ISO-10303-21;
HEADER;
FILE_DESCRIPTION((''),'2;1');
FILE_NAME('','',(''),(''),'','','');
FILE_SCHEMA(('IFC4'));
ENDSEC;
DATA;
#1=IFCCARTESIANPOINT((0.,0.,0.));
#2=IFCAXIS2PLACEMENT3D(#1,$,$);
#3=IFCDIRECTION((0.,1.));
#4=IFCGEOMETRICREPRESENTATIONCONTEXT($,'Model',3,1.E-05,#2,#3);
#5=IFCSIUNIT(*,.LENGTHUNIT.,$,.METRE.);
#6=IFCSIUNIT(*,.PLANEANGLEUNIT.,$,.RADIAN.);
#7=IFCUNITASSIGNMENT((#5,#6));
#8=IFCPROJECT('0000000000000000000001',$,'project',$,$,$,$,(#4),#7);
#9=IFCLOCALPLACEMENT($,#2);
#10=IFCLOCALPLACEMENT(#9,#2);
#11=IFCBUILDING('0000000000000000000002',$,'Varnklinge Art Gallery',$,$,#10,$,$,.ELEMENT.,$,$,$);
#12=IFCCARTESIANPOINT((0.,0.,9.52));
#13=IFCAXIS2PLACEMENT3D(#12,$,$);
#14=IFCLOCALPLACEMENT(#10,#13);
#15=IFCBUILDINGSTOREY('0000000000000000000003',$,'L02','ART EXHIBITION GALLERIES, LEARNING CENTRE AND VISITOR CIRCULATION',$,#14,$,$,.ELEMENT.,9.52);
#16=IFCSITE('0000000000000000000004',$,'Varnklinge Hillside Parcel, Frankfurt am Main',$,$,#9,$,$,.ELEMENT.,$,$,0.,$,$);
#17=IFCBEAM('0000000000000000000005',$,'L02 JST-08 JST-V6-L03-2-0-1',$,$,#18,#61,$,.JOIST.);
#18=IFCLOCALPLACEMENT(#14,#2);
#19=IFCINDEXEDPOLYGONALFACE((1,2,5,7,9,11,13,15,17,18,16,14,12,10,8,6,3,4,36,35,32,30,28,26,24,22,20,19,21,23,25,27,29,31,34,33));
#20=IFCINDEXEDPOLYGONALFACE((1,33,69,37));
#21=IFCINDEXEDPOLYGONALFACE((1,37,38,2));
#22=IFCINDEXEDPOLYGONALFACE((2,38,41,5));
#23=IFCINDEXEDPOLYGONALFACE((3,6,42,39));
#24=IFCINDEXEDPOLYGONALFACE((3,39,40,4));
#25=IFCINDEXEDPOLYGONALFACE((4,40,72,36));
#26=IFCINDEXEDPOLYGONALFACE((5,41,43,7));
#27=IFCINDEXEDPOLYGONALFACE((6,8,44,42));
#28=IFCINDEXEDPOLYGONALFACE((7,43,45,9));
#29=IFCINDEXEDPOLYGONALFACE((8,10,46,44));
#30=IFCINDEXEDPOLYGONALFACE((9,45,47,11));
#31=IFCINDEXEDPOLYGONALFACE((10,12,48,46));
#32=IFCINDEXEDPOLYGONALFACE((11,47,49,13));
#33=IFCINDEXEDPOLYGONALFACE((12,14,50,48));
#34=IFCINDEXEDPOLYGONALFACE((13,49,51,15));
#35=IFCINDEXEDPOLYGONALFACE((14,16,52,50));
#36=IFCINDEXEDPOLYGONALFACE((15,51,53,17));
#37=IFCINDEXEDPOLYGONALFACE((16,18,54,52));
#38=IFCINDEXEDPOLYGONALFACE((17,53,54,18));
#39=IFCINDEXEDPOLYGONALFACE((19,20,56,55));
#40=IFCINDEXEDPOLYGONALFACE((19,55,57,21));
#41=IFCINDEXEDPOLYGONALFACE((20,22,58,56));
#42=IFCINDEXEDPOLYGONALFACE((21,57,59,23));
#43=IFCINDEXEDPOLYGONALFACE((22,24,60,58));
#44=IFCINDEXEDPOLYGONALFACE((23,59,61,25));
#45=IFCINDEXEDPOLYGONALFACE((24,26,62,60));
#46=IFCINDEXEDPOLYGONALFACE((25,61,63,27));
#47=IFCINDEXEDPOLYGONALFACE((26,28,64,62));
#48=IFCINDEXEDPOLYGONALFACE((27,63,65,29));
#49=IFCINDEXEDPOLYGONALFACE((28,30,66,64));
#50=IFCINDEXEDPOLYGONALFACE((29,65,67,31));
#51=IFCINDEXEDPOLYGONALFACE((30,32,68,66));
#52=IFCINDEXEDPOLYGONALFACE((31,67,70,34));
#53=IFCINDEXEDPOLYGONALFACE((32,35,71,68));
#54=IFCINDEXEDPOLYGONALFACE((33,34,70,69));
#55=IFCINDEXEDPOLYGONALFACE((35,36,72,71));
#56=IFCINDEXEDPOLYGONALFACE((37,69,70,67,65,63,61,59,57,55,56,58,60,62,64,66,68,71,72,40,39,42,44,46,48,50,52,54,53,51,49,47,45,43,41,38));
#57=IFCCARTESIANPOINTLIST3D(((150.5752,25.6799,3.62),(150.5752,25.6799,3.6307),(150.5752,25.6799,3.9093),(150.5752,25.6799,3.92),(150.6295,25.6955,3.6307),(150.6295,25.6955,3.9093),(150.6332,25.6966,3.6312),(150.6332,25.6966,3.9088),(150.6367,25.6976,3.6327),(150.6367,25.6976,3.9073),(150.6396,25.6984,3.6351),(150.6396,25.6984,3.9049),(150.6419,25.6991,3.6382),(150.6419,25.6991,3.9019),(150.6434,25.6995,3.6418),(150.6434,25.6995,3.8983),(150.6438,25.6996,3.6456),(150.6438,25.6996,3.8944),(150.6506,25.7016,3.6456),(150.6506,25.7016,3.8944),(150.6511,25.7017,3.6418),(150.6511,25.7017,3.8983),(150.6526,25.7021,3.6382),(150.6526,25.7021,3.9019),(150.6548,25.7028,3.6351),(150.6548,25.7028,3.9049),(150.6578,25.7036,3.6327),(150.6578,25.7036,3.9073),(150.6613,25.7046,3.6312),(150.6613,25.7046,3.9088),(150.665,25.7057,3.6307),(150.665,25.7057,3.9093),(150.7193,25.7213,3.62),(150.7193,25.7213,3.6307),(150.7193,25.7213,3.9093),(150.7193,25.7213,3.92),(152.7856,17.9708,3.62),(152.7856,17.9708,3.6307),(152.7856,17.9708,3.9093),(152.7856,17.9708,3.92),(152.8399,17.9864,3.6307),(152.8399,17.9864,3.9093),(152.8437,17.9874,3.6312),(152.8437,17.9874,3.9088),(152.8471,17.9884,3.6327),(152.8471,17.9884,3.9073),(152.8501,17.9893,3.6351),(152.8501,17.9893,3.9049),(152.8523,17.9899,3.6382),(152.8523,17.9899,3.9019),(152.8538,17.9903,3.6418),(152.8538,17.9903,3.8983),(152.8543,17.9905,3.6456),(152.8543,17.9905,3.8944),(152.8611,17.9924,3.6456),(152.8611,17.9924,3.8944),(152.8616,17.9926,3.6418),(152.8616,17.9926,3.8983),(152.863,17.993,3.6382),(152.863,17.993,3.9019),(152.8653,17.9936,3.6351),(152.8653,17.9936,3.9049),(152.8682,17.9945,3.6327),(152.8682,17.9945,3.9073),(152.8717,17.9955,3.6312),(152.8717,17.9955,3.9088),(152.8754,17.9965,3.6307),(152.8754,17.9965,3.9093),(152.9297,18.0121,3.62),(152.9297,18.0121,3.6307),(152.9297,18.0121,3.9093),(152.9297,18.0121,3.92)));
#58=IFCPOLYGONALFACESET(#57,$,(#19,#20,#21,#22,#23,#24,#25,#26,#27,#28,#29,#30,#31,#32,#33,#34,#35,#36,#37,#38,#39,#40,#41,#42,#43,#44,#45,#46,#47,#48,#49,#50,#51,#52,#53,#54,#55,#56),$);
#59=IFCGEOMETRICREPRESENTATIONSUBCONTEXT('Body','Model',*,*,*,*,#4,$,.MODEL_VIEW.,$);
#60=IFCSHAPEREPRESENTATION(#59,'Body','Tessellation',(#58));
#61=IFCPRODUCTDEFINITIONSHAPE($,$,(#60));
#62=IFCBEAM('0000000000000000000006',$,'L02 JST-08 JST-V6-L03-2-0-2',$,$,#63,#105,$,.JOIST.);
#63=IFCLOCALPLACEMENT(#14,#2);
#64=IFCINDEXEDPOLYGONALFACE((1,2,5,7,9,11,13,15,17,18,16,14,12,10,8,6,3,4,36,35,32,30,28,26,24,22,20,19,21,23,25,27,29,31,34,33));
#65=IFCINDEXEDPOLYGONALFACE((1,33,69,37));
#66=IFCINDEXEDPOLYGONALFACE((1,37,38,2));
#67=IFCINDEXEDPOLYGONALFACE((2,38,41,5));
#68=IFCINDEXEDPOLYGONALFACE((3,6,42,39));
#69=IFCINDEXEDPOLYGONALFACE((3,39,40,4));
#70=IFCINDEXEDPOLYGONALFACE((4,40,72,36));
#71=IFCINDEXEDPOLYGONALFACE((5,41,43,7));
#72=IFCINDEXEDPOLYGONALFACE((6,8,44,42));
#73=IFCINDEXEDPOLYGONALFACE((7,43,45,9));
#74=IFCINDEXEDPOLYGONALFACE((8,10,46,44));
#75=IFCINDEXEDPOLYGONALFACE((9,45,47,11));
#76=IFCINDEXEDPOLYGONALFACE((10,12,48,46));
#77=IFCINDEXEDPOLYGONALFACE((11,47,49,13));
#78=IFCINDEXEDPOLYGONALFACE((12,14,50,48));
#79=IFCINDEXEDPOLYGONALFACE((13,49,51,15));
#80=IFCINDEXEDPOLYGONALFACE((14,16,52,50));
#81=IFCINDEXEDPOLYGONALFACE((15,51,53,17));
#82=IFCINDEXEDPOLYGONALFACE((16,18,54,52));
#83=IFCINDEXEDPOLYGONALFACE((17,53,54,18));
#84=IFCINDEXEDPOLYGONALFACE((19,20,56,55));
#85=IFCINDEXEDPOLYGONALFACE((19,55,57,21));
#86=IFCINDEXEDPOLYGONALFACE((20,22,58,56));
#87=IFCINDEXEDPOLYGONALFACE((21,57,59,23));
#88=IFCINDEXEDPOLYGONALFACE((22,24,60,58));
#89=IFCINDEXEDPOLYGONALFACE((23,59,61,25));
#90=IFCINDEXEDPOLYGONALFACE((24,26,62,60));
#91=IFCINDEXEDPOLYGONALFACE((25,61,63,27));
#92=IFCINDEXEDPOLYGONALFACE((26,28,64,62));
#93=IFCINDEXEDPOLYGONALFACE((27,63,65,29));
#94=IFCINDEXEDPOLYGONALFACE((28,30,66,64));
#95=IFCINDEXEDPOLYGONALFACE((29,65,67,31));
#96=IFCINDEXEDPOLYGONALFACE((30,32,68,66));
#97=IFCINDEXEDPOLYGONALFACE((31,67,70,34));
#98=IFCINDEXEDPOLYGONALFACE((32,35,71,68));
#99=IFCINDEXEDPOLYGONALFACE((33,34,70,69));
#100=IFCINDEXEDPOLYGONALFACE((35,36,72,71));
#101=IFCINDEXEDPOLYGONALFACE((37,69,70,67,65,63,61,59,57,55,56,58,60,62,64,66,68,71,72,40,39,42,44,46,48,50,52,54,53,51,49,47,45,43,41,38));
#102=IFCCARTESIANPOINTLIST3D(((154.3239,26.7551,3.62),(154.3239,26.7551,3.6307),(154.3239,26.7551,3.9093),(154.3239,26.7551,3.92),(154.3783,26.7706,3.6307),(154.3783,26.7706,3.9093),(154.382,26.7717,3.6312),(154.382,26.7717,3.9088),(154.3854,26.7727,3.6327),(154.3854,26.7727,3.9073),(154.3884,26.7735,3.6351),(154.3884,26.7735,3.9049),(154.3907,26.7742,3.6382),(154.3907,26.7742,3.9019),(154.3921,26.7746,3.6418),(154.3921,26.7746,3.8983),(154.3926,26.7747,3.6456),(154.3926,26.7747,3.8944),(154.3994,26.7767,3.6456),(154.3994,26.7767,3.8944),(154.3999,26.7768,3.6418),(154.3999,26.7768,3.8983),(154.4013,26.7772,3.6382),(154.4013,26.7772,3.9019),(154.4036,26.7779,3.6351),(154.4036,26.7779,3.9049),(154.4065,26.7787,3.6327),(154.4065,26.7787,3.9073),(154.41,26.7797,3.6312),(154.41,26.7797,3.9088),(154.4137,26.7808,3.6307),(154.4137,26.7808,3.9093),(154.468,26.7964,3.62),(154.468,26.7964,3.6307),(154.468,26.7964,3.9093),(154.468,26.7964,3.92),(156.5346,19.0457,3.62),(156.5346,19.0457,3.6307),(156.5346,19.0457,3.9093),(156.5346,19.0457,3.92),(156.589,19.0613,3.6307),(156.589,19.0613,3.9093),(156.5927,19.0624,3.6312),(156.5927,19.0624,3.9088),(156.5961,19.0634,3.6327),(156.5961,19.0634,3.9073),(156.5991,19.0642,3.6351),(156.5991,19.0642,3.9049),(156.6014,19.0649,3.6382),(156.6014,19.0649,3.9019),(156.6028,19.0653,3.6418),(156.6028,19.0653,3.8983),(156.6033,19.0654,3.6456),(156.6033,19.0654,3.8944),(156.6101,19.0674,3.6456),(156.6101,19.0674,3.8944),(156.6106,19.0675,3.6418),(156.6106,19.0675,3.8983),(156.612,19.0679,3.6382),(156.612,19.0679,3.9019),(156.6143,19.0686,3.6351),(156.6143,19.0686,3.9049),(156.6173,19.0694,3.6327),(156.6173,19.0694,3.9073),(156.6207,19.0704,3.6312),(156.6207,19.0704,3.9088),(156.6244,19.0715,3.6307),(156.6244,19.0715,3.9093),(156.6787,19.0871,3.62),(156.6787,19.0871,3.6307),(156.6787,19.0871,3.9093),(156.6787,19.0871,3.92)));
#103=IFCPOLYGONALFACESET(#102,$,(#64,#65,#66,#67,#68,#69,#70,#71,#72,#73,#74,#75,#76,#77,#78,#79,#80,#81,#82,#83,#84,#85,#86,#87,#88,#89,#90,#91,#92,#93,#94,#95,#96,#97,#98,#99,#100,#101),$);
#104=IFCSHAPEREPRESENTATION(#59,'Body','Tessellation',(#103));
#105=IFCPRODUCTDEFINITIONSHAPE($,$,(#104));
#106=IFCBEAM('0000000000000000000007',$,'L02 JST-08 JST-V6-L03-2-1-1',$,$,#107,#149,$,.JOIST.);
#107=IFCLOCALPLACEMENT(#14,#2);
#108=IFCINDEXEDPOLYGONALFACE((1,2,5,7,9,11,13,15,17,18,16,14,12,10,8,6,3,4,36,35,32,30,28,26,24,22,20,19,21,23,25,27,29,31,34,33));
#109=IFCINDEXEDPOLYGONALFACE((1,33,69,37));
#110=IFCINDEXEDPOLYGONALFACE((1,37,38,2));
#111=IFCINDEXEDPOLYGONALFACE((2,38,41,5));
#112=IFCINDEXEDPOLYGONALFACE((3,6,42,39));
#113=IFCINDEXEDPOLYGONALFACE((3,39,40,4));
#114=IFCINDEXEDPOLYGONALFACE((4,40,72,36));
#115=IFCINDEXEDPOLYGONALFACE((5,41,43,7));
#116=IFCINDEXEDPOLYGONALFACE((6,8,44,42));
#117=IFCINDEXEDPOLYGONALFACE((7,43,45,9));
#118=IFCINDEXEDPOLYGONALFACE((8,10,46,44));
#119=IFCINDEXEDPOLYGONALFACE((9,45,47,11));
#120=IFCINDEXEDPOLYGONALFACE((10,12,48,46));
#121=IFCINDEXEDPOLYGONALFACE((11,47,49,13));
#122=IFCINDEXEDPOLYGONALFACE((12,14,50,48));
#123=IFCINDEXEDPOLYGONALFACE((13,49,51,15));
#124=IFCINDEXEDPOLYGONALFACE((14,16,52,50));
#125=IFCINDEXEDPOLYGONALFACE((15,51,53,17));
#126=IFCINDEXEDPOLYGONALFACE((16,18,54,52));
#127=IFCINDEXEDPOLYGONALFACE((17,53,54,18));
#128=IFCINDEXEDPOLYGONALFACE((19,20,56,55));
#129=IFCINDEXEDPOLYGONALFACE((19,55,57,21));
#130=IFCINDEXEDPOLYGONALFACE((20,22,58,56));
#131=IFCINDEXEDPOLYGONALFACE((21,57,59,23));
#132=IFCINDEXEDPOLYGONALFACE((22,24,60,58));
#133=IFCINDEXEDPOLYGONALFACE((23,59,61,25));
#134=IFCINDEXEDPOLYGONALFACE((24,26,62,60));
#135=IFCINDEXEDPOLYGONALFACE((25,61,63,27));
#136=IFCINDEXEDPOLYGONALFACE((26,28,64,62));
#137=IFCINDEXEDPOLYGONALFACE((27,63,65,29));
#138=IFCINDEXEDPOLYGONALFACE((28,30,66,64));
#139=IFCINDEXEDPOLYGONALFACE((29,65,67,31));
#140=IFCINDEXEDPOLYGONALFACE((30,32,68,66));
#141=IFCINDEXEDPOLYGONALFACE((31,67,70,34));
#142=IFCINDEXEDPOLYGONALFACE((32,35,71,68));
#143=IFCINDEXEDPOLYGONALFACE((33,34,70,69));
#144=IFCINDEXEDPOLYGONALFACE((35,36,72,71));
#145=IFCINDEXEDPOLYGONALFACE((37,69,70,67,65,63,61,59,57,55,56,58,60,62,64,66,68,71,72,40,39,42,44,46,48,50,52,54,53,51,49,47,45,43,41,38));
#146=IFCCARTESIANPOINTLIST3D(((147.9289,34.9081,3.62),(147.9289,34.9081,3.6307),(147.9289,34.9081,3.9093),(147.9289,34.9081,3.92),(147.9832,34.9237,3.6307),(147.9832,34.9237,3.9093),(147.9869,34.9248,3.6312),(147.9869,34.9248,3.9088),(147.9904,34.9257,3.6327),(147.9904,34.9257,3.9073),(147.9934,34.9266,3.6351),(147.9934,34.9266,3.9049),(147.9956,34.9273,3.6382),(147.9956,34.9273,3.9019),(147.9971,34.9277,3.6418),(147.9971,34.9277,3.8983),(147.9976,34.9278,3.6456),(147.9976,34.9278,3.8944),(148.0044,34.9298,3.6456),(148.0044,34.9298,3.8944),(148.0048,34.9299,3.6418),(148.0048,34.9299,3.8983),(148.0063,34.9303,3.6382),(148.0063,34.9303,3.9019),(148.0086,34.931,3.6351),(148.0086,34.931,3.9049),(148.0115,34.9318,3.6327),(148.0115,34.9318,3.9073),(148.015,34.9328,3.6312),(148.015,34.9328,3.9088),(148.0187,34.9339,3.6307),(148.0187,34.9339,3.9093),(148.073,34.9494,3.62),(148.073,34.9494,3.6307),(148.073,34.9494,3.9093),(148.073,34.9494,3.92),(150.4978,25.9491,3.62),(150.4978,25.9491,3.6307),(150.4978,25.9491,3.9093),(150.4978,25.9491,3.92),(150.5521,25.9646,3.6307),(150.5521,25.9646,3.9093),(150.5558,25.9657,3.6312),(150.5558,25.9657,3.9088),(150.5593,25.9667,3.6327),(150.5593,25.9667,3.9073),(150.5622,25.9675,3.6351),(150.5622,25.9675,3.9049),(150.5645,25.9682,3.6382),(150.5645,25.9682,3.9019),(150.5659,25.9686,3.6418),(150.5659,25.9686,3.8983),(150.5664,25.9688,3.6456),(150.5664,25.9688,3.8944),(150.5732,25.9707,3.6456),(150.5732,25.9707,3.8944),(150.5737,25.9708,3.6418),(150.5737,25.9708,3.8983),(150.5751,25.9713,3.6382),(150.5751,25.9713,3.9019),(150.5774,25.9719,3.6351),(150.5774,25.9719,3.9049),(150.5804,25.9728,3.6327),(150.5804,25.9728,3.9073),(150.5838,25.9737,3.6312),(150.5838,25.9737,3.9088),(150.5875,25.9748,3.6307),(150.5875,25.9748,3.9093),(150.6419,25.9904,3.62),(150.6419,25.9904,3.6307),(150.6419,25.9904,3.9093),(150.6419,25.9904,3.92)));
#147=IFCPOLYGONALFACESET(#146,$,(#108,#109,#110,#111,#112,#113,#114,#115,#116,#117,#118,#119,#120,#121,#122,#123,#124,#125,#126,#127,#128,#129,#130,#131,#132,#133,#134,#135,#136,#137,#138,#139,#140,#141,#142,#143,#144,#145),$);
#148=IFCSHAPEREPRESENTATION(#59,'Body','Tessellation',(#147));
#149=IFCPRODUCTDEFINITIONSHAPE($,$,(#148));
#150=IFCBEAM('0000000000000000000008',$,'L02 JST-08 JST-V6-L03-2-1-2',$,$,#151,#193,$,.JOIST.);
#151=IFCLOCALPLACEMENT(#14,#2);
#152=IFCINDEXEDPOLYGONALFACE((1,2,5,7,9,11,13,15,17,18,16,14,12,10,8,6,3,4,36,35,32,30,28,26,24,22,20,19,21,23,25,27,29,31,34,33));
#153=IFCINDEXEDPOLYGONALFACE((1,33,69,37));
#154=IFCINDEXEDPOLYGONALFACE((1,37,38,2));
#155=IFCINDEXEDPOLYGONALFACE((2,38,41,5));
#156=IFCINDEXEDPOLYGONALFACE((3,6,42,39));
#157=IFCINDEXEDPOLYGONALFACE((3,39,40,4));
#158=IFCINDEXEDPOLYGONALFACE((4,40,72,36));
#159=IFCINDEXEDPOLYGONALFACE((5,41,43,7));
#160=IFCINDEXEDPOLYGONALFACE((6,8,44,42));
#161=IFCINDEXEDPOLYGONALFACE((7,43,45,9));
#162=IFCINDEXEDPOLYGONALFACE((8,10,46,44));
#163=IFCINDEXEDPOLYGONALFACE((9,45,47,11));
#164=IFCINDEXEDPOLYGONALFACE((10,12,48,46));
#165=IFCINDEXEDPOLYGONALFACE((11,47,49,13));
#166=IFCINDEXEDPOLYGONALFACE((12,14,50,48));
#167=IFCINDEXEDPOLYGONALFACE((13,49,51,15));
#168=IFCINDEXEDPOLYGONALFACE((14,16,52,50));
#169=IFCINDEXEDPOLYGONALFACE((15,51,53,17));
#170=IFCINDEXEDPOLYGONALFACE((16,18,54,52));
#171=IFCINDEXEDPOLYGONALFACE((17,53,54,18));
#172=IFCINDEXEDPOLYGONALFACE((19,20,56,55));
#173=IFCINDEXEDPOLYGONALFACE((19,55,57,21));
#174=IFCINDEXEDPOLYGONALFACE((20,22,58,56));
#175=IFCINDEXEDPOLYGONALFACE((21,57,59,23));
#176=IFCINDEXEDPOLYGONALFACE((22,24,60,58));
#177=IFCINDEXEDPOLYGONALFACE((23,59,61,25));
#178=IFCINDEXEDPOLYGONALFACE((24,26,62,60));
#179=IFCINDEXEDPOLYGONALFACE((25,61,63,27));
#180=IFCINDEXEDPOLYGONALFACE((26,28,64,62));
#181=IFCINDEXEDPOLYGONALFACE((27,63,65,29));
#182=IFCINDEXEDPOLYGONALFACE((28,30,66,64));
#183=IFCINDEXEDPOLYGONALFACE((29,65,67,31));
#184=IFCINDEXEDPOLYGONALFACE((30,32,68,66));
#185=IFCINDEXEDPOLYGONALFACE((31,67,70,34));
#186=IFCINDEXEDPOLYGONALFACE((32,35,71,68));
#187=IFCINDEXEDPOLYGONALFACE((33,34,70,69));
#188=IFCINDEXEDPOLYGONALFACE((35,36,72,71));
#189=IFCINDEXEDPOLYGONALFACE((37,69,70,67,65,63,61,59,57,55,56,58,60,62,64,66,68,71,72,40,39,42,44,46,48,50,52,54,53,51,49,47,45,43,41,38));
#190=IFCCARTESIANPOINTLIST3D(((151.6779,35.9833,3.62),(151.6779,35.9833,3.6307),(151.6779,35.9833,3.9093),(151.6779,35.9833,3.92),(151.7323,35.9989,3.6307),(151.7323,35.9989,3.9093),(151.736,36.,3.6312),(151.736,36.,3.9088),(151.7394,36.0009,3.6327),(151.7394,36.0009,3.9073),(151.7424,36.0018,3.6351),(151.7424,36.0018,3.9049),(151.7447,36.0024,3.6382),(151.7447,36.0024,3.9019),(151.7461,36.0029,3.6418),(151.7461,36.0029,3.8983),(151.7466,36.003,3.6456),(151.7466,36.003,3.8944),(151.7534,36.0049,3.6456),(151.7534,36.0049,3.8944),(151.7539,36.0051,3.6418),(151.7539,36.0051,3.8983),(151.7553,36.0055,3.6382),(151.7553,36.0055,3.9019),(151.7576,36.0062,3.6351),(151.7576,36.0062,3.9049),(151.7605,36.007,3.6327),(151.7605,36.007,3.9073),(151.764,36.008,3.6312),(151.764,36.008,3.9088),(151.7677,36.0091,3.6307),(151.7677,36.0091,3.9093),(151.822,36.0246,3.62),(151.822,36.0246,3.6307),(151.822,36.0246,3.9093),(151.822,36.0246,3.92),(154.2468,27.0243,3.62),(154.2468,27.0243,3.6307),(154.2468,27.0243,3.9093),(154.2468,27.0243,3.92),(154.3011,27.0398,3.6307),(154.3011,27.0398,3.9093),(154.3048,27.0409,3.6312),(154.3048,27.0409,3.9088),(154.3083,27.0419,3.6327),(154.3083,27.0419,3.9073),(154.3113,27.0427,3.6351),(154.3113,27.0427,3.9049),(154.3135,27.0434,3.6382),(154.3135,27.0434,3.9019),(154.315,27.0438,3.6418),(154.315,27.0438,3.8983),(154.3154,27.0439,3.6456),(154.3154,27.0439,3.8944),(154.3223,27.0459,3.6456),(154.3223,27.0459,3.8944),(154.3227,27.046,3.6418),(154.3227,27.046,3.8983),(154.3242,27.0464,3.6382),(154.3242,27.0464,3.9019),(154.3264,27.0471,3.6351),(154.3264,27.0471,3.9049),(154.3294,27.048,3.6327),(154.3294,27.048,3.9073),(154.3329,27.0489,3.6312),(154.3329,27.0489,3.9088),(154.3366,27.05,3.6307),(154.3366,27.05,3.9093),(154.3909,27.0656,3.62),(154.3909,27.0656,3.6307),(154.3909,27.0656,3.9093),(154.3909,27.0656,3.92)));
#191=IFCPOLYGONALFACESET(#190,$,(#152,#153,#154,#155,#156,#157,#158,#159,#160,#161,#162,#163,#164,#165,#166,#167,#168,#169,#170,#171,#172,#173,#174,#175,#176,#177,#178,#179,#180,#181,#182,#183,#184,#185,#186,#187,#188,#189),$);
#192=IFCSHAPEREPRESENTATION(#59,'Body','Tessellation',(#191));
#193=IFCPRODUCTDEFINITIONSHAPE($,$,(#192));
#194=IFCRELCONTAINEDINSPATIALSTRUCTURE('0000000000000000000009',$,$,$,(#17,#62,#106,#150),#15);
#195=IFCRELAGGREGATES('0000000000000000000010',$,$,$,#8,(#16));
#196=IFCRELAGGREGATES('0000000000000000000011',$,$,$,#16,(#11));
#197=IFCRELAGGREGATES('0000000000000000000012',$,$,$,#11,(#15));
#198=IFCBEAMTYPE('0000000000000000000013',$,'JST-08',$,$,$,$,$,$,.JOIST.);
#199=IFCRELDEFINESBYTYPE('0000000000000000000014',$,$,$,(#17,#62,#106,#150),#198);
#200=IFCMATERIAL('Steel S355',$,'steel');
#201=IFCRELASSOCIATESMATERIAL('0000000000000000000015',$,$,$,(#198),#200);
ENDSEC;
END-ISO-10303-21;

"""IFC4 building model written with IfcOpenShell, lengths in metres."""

from ifc_helpers import new_model, si_unit, direction, frame, origin, origin_2d, place, context, subcontext, project, spatial, i_section, extrude, material, material_profile, profile_set, type_object, element, save


model = new_model("IFC4")

# Units and contexts
model_context = context("Model", 3, precision=1e-05, world=origin(), true_north=direction((0.0, 1.0)))
body_context = subcontext(model_context, "Body", "Model", "MODEL_VIEW")
ifc_project = project(units=[si_unit("LENGTHUNIT", "METRE"), si_unit("PLANEANGLEUNIT", "RADIAN")], contexts=[model_context])

# Site, building, storey
site_placement = place(None, origin())
site = spatial("IfcSite", under=ifc_project, at=site_placement, Name="Varnklinge Hillside Parcel, Frankfurt am Main", CompositionType="ELEMENT", RefElevation=0.0)
building_placement = place(site_placement, origin())
building = spatial("IfcBuilding", under=site, at=building_placement, Name="Varnklinge Art Gallery", CompositionType="ELEMENT")
storey_placement = place(building_placement, frame((0.0, 0.0, 9.52)))
storey = spatial("IfcBuildingStorey", under=building, at=storey_placement, Name="L02", Description="ART EXHIBITION GALLERIES, LEARNING CENTRE AND VISITOR CIRCULATION", CompositionType="ELEMENT", Elevation=9.52)

# Beams
ifc_material_1 = material(Name="Steel S355", Category="steel")
ifc_material_profile_1 = material_profile(ifc_material_1, i_section(OverallWidth=0.1499, OverallDepth=0.3, WebThickness=0.0071, FlangeThickness=0.0107, FilletRadius=0.0149, at=origin_2d()), Name="IPE 300")
ifc_profile_set_1 = profile_set([ifc_material_profile_1], Name="Steel S355")
beam_type_1 = type_object("IfcBeamType", Name="JST-08", PredefinedType="JOIST", material=ifc_profile_set_1)
beam_1_placement = place(storey_placement, frame((152.8577, 17.9915, 3.77), z_axis=(-0.275622, 0.961266, 0.0), x_axis=(-0.961266, -0.275622, 0.0)))
element("IfcBeam", 1, at=beam_1_placement, inside=storey, type_object=beam_type_1, Name="L02 JST-08 JST-V6-L03-2-0-1", PredefinedType="JOIST", context=body_context, shape_type="SweptSolid", body=[
    extrude(i_section(OverallWidth=0.1499, OverallDepth=0.3, WebThickness=0.0071, FlangeThickness=0.0107, FilletRadius=0.0149, at=origin_2d()), origin(), (0.0, 0.0, 1.0), 8.0198),
])
beam_2_placement = place(storey_placement, frame((156.6067, 19.0664, 3.77), z_axis=(-0.27565, 0.961258, 0.0), x_axis=(-0.961258, -0.27565, 0.0)))
element("IfcBeam", 2, at=beam_2_placement, inside=storey, type_object=beam_type_1, Name="L02 JST-08 JST-V6-L03-2-0-2", PredefinedType="JOIST", context=body_context, shape_type="SweptSolid", body=[
    extrude(i_section(OverallWidth=0.1499, OverallDepth=0.3, WebThickness=0.0071, FlangeThickness=0.0107, FilletRadius=0.0149, at=origin_2d()), origin(), (0.0, 0.0, 1.0), 8.02),
])
for number, where, z_axis, x_axis, name in (
    (3, (150.5698, 25.9697, 3.77), (-0.275627, 0.961265, 0.0), (-0.961265, -0.275627, 0.0), "L02 JST-08 JST-V6-L03-2-1-1"),
    (4, (154.3188, 27.0449, 3.77), (-0.275627, 0.961265, 0.0), (-0.961265, -0.275627, 0.0), "L02 JST-08 JST-V6-L03-2-1-2"),
):
    element("IfcBeam", number, at=place(storey_placement, frame(where, z_axis=z_axis, x_axis=x_axis)), inside=storey, type_object=beam_type_1, Name=name, PredefinedType="JOIST", context=body_context, shape_type="SweptSolid", body=[
        extrude(i_section(OverallWidth=0.1499, OverallDepth=0.3, WebThickness=0.0071, FlangeThickness=0.0107, FilletRadius=0.0149, at=origin_2d()), origin(), (0.0, 0.0, 1.0), 9.3201),
    ])

save(model, "model.ifc")
